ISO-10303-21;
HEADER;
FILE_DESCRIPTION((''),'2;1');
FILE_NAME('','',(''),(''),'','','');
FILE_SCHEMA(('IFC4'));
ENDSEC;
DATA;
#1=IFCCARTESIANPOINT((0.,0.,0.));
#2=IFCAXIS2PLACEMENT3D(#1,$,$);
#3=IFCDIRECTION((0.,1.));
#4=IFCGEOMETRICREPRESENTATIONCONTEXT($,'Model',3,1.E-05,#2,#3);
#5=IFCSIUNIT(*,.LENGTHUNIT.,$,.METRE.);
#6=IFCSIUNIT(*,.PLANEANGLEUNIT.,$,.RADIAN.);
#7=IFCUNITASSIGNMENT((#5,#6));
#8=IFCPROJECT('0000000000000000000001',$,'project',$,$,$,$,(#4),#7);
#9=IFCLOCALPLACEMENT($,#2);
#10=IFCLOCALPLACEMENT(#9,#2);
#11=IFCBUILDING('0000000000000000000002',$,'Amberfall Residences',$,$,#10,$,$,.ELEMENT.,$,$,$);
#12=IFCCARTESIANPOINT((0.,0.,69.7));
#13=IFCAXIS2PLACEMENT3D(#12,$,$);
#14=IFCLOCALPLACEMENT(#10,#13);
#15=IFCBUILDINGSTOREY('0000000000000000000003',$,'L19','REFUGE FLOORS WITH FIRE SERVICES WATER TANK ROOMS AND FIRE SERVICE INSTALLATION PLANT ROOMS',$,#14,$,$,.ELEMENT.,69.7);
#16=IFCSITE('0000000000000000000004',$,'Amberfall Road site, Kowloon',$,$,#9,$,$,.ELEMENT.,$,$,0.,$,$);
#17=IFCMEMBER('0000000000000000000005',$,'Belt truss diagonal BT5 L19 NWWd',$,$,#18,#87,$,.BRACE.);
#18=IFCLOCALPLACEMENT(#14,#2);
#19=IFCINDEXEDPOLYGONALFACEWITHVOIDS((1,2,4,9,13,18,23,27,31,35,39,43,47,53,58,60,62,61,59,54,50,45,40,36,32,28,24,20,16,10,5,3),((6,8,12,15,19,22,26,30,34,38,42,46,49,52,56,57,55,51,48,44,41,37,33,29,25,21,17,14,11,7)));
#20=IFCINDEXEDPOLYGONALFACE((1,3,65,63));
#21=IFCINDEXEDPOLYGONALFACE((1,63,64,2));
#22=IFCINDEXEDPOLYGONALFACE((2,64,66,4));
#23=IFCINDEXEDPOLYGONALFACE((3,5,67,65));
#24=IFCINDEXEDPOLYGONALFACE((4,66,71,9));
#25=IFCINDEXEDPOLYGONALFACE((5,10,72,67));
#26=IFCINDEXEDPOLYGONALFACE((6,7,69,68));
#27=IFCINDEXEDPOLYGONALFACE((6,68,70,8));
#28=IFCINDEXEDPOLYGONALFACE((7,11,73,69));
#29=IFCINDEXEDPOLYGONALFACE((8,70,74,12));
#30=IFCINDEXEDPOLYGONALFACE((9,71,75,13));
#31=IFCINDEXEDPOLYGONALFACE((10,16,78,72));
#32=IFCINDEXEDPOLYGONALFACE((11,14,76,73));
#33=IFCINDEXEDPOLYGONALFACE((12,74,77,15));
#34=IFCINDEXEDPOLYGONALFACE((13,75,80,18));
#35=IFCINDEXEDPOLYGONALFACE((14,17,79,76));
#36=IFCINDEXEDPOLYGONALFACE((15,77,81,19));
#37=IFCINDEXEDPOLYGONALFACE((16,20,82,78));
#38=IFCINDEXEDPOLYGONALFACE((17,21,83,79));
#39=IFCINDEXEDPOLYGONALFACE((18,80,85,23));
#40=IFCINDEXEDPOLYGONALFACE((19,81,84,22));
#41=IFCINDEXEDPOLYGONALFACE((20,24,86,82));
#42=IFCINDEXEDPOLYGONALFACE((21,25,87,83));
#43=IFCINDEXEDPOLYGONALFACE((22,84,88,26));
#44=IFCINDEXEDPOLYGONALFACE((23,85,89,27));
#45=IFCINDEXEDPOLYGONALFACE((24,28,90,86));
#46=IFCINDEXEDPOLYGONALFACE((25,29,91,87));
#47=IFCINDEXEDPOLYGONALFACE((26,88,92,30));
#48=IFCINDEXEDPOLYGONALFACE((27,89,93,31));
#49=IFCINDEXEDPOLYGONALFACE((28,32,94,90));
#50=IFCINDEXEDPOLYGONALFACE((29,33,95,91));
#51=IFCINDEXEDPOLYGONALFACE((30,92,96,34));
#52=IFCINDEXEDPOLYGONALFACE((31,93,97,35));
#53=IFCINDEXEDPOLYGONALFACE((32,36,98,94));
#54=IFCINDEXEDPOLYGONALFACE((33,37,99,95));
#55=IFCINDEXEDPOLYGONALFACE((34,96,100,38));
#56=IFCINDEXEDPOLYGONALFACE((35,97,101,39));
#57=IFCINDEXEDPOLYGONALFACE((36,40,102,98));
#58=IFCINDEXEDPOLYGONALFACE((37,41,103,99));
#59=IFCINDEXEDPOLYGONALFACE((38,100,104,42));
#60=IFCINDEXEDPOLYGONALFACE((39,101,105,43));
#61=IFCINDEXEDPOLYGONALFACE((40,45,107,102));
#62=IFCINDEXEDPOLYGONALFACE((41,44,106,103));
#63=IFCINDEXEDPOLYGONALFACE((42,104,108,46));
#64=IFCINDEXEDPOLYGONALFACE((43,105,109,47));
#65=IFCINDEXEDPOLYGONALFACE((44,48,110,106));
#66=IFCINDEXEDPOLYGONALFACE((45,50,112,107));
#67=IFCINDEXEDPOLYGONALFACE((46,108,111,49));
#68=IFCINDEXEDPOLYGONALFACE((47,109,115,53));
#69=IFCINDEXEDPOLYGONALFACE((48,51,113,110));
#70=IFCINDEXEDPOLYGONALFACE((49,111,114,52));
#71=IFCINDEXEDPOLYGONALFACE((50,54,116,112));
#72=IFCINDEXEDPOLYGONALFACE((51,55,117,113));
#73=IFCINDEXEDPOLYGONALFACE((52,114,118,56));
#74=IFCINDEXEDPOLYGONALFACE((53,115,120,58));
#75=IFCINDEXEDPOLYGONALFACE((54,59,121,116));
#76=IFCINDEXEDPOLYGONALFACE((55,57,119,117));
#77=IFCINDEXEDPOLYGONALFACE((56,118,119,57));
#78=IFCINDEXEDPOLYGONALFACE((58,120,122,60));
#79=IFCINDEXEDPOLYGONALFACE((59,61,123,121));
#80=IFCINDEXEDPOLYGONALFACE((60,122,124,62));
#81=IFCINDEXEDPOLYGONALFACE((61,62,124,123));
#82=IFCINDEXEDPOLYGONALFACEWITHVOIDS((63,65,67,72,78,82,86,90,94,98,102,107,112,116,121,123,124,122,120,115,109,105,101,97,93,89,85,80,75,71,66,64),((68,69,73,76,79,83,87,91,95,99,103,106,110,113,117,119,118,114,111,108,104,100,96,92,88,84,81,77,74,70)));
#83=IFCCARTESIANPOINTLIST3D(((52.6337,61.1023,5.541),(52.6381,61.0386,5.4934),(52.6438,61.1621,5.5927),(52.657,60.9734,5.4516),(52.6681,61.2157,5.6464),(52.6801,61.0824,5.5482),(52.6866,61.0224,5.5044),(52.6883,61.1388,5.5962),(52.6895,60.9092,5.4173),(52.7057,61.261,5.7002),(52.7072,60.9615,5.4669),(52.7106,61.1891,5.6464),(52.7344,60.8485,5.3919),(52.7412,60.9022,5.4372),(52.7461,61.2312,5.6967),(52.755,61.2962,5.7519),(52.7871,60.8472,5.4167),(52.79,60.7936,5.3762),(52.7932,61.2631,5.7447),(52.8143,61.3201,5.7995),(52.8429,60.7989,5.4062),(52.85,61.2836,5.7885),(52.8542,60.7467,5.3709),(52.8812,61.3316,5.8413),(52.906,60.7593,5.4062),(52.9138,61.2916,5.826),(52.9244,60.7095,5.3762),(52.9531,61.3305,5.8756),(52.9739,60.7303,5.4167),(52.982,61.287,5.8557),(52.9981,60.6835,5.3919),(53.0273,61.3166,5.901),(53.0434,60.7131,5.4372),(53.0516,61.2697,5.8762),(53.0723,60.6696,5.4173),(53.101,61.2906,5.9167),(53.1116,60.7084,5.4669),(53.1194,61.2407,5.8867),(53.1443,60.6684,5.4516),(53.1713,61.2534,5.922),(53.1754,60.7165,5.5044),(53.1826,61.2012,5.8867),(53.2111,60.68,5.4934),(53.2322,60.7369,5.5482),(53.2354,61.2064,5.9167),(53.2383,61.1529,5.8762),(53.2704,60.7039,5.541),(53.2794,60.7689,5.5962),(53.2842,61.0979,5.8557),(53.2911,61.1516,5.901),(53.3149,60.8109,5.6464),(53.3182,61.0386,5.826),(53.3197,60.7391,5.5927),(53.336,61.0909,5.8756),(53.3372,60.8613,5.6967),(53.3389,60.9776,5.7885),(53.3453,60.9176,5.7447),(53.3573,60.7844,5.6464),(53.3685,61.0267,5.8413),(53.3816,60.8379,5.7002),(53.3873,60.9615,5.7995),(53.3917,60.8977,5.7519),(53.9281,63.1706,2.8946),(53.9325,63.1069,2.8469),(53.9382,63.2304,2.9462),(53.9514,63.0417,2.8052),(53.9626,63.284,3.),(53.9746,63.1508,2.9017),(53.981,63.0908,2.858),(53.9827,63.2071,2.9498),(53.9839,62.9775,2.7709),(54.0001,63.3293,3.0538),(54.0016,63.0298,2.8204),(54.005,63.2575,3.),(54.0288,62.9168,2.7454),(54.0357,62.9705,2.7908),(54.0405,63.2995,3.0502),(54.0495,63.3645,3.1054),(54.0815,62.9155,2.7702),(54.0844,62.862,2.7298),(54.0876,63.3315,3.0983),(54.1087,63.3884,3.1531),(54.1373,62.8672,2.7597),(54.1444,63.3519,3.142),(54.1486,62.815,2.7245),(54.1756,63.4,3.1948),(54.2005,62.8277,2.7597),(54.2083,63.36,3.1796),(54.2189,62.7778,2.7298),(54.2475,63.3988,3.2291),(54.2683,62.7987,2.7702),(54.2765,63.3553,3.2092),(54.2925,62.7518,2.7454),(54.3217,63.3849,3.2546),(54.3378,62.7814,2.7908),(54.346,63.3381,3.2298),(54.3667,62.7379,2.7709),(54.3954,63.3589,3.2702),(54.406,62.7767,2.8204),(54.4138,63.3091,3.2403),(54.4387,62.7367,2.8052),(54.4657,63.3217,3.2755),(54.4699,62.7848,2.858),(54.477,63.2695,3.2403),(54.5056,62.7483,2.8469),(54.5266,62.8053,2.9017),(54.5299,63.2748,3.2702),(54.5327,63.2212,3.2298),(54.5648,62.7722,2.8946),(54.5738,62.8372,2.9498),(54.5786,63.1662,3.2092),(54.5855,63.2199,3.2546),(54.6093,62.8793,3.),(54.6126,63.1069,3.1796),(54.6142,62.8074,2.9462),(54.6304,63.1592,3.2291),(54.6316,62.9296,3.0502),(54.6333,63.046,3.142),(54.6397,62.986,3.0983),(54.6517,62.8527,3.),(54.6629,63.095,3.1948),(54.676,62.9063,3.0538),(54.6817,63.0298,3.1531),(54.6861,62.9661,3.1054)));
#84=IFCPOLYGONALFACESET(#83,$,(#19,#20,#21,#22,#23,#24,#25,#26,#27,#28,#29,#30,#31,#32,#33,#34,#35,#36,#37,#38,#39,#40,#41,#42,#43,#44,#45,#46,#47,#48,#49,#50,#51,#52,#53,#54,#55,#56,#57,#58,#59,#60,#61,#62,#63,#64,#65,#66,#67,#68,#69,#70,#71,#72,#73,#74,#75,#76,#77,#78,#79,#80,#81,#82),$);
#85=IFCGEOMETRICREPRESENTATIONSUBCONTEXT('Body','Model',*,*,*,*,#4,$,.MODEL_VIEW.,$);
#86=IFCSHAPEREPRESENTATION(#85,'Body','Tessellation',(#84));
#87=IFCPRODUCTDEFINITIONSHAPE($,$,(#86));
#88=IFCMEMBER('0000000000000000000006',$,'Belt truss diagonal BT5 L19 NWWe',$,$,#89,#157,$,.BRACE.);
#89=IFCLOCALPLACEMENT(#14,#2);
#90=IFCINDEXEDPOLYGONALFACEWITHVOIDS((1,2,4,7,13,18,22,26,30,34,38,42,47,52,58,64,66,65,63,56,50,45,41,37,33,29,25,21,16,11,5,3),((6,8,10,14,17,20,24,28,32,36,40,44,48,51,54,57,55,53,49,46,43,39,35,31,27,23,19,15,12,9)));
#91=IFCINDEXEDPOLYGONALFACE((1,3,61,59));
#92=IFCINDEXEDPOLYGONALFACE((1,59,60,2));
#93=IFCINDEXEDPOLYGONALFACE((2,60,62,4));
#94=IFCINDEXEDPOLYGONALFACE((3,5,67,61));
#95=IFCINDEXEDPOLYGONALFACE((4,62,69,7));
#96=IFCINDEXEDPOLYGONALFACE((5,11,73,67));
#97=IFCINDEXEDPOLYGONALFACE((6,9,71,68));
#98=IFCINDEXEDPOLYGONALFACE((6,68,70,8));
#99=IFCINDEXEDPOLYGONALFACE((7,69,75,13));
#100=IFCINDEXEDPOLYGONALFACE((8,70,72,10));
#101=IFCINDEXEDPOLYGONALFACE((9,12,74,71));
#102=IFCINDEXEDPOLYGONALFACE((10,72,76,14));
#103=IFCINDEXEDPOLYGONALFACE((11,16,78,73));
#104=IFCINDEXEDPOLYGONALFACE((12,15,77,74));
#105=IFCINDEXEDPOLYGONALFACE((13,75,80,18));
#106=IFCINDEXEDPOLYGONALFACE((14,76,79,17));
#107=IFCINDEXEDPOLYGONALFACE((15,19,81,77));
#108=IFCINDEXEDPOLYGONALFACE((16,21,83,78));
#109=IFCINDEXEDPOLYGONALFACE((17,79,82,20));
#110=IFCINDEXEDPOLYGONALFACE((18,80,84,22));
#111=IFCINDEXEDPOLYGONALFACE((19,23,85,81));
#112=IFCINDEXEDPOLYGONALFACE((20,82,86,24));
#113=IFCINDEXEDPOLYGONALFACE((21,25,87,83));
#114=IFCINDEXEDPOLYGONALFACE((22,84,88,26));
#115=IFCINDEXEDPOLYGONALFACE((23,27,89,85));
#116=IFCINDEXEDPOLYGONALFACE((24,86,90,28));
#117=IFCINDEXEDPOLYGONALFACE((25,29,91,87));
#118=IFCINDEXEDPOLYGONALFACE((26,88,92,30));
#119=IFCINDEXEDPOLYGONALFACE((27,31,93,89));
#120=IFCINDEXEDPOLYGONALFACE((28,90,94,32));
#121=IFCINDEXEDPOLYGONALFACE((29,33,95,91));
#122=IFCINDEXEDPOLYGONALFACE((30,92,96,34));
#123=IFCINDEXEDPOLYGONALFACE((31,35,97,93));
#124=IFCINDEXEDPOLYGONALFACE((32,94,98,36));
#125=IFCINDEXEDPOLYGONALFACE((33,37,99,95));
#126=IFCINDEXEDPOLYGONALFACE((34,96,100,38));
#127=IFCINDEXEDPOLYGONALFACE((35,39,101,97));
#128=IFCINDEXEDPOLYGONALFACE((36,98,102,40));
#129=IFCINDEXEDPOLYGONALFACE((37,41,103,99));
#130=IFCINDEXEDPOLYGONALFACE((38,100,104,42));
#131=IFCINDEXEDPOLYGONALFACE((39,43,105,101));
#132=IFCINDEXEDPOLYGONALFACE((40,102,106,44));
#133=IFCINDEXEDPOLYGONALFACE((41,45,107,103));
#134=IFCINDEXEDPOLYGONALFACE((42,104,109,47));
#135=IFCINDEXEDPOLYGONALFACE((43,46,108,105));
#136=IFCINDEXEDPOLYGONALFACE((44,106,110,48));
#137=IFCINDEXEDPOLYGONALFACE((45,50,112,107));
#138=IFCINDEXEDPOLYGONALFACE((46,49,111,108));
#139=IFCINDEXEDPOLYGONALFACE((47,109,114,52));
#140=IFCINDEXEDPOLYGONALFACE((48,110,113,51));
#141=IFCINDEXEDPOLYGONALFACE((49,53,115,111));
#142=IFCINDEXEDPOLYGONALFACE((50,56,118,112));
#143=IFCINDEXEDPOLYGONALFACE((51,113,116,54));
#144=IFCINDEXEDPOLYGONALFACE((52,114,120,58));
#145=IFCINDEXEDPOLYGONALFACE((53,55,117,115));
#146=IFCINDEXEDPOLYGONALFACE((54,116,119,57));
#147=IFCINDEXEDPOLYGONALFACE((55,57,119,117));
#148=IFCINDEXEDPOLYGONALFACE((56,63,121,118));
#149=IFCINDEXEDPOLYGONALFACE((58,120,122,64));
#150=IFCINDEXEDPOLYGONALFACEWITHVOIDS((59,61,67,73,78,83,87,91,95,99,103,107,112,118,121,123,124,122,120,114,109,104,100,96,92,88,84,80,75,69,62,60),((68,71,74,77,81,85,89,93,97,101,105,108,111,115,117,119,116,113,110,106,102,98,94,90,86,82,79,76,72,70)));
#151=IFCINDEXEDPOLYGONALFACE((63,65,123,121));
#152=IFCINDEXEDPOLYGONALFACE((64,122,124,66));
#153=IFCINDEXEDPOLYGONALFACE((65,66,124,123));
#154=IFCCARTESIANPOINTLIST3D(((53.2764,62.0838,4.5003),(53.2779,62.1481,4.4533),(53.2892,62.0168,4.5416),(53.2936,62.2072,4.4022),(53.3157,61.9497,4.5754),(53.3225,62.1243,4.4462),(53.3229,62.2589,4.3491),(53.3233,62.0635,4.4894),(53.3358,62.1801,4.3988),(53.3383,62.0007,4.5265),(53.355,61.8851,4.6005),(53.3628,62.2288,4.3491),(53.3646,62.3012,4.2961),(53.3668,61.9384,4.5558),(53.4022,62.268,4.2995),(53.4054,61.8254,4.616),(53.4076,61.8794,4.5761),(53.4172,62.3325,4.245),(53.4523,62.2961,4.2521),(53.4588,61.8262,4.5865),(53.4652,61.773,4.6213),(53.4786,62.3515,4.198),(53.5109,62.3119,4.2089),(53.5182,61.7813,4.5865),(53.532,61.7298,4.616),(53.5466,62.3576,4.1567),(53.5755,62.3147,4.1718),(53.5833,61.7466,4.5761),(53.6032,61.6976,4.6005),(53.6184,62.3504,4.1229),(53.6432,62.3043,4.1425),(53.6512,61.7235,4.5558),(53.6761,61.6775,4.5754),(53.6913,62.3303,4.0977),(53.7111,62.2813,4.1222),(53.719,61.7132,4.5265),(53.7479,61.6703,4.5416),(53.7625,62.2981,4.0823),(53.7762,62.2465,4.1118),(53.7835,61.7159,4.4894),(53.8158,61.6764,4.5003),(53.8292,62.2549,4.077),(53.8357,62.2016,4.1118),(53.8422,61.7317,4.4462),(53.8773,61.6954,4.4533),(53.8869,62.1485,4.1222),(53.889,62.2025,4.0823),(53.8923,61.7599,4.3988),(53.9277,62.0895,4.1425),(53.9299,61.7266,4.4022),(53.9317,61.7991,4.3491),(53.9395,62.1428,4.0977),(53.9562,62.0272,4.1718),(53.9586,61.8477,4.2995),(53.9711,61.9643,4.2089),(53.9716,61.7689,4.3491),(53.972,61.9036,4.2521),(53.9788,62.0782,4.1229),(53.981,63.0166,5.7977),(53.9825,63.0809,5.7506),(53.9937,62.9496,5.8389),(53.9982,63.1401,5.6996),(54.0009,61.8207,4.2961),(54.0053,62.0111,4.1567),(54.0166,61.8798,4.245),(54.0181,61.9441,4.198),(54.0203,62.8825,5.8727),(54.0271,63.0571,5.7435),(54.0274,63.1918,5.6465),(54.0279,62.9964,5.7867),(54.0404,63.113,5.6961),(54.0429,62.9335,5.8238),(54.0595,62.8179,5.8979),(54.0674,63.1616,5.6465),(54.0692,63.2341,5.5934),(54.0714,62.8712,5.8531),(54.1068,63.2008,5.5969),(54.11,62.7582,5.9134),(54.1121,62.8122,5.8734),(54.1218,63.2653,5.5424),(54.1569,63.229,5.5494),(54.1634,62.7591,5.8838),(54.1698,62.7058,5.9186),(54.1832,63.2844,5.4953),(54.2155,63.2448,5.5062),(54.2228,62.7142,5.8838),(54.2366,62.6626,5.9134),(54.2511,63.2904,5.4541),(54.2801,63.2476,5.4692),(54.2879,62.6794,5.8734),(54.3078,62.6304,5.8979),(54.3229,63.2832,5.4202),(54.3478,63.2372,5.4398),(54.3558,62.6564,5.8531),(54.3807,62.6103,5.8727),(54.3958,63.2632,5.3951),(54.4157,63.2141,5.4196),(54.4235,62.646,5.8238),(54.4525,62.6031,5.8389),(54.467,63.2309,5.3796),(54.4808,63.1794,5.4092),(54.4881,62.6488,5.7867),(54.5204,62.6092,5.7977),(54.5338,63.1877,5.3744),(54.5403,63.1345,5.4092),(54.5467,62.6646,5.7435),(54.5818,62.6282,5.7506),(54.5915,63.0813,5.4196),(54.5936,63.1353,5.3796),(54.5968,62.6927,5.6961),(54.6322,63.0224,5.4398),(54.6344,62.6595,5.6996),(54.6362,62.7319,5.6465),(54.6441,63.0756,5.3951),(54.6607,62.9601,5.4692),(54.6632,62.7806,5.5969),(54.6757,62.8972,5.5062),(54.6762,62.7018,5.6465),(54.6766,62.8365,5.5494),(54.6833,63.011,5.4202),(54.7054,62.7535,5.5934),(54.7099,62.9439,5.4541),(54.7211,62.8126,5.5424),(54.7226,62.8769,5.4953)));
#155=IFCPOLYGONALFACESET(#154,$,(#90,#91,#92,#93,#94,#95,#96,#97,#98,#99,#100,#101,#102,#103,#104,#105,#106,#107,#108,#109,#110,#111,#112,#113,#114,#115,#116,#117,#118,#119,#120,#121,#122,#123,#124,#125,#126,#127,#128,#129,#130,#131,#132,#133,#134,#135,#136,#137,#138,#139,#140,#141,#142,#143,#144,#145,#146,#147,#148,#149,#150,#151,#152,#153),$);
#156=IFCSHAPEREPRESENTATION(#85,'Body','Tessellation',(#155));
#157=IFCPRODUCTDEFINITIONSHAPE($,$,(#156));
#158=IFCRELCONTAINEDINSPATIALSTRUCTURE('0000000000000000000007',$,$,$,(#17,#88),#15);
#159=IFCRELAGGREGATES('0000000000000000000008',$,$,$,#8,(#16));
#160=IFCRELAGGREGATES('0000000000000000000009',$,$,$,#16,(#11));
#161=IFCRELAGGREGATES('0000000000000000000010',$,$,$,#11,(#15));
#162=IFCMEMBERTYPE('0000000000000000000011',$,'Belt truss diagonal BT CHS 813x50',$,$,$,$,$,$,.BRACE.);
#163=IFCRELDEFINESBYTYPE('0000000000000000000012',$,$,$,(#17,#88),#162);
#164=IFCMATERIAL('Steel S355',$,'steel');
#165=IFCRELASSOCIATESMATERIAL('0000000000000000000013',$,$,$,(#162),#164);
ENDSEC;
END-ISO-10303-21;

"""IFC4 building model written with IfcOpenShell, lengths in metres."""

from ifc_helpers import new_model, si_unit, direction, frame, origin, origin_2d, place, context, subcontext, project, spatial, hollow_circle, extrude, material, material_profile, profile_set, type_object, element, save


model = new_model("IFC4")

# Units and contexts
model_context = context("Model", 3, precision=1e-05, world=origin(), true_north=direction((0.0, 1.0)))
body_context = subcontext(model_context, "Body", "Model", "MODEL_VIEW")
ifc_project = project(units=[si_unit("LENGTHUNIT", "METRE"), si_unit("PLANEANGLEUNIT", "RADIAN")], contexts=[model_context])

# Site, building, storey
site_placement = place(None, origin())
site = spatial("IfcSite", under=ifc_project, at=site_placement, Name="Amberfall Road site, Kowloon", CompositionType="ELEMENT", RefElevation=0.0)
building_placement = place(site_placement, origin())
building = spatial("IfcBuilding", under=site, at=building_placement, Name="Amberfall Residences", CompositionType="ELEMENT")
storey_placement = place(building_placement, frame((0.0, 0.0, 69.7)))
storey = spatial("IfcBuildingStorey", under=building, at=storey_placement, Name="L19", Description="REFUGE FLOORS WITH FIRE SERVICES WATER TANK ROOMS AND FIRE SERVICE INSTALLATION PLANT ROOMS", CompositionType="ELEMENT", Elevation=69.7)

# Shared definitions
ifc_material_1 = material(Name="Steel S355", Category="steel")

# Members
ifc_material_profile_1 = material_profile(ifc_material_1, hollow_circle(Radius=0.4065, WallThickness=0.05, at=origin_2d()), Name="CHS 813x50")
ifc_profile_set_1 = profile_set([ifc_material_profile_1], Name="Steel S355")
member_type = type_object("IfcMemberType", Name="Belt truss diagonal BT CHS 813x50", PredefinedType="BRACE", material=ifc_profile_set_1)
member_1_placement = place(storey_placement, frame((54.3071, 63.0684, 3.0), z_axis=(-0.359599, -0.574599, 0.735204), x_axis=(0.847683, -0.530503, 0.0)))
element("IfcMember", 1, at=member_1_placement, inside=storey, type_object=member_type, Name="Belt truss diagonal BT5 L19 NWWd", PredefinedType="BRACE", context=body_context, shape_type="SweptSolid", body=[
    extrude(hollow_circle(Radius=0.4065, WallThickness=0.05, at=origin_2d()), origin(), (0.0, 0.0, 1.0), 3.5996),
])
member_2_placement = place(storey_placement, frame((54.3518, 62.9468, 5.6465), z_axis=(-0.403458, -0.53417, -0.742889), x_axis=(0.797966, -0.602703, 0.0)))
element("IfcMember", 2, at=member_2_placement, inside=storey, type_object=member_type, Name="Belt truss diagonal BT5 L19 NWWe", PredefinedType="BRACE", context=body_context, shape_type="SweptSolid", body=[
    extrude(hollow_circle(Radius=0.4065, WallThickness=0.05, at=origin_2d()), origin(), (0.0, 0.0, 1.0), 1.7463),
])

save(model, "model.ifc")
